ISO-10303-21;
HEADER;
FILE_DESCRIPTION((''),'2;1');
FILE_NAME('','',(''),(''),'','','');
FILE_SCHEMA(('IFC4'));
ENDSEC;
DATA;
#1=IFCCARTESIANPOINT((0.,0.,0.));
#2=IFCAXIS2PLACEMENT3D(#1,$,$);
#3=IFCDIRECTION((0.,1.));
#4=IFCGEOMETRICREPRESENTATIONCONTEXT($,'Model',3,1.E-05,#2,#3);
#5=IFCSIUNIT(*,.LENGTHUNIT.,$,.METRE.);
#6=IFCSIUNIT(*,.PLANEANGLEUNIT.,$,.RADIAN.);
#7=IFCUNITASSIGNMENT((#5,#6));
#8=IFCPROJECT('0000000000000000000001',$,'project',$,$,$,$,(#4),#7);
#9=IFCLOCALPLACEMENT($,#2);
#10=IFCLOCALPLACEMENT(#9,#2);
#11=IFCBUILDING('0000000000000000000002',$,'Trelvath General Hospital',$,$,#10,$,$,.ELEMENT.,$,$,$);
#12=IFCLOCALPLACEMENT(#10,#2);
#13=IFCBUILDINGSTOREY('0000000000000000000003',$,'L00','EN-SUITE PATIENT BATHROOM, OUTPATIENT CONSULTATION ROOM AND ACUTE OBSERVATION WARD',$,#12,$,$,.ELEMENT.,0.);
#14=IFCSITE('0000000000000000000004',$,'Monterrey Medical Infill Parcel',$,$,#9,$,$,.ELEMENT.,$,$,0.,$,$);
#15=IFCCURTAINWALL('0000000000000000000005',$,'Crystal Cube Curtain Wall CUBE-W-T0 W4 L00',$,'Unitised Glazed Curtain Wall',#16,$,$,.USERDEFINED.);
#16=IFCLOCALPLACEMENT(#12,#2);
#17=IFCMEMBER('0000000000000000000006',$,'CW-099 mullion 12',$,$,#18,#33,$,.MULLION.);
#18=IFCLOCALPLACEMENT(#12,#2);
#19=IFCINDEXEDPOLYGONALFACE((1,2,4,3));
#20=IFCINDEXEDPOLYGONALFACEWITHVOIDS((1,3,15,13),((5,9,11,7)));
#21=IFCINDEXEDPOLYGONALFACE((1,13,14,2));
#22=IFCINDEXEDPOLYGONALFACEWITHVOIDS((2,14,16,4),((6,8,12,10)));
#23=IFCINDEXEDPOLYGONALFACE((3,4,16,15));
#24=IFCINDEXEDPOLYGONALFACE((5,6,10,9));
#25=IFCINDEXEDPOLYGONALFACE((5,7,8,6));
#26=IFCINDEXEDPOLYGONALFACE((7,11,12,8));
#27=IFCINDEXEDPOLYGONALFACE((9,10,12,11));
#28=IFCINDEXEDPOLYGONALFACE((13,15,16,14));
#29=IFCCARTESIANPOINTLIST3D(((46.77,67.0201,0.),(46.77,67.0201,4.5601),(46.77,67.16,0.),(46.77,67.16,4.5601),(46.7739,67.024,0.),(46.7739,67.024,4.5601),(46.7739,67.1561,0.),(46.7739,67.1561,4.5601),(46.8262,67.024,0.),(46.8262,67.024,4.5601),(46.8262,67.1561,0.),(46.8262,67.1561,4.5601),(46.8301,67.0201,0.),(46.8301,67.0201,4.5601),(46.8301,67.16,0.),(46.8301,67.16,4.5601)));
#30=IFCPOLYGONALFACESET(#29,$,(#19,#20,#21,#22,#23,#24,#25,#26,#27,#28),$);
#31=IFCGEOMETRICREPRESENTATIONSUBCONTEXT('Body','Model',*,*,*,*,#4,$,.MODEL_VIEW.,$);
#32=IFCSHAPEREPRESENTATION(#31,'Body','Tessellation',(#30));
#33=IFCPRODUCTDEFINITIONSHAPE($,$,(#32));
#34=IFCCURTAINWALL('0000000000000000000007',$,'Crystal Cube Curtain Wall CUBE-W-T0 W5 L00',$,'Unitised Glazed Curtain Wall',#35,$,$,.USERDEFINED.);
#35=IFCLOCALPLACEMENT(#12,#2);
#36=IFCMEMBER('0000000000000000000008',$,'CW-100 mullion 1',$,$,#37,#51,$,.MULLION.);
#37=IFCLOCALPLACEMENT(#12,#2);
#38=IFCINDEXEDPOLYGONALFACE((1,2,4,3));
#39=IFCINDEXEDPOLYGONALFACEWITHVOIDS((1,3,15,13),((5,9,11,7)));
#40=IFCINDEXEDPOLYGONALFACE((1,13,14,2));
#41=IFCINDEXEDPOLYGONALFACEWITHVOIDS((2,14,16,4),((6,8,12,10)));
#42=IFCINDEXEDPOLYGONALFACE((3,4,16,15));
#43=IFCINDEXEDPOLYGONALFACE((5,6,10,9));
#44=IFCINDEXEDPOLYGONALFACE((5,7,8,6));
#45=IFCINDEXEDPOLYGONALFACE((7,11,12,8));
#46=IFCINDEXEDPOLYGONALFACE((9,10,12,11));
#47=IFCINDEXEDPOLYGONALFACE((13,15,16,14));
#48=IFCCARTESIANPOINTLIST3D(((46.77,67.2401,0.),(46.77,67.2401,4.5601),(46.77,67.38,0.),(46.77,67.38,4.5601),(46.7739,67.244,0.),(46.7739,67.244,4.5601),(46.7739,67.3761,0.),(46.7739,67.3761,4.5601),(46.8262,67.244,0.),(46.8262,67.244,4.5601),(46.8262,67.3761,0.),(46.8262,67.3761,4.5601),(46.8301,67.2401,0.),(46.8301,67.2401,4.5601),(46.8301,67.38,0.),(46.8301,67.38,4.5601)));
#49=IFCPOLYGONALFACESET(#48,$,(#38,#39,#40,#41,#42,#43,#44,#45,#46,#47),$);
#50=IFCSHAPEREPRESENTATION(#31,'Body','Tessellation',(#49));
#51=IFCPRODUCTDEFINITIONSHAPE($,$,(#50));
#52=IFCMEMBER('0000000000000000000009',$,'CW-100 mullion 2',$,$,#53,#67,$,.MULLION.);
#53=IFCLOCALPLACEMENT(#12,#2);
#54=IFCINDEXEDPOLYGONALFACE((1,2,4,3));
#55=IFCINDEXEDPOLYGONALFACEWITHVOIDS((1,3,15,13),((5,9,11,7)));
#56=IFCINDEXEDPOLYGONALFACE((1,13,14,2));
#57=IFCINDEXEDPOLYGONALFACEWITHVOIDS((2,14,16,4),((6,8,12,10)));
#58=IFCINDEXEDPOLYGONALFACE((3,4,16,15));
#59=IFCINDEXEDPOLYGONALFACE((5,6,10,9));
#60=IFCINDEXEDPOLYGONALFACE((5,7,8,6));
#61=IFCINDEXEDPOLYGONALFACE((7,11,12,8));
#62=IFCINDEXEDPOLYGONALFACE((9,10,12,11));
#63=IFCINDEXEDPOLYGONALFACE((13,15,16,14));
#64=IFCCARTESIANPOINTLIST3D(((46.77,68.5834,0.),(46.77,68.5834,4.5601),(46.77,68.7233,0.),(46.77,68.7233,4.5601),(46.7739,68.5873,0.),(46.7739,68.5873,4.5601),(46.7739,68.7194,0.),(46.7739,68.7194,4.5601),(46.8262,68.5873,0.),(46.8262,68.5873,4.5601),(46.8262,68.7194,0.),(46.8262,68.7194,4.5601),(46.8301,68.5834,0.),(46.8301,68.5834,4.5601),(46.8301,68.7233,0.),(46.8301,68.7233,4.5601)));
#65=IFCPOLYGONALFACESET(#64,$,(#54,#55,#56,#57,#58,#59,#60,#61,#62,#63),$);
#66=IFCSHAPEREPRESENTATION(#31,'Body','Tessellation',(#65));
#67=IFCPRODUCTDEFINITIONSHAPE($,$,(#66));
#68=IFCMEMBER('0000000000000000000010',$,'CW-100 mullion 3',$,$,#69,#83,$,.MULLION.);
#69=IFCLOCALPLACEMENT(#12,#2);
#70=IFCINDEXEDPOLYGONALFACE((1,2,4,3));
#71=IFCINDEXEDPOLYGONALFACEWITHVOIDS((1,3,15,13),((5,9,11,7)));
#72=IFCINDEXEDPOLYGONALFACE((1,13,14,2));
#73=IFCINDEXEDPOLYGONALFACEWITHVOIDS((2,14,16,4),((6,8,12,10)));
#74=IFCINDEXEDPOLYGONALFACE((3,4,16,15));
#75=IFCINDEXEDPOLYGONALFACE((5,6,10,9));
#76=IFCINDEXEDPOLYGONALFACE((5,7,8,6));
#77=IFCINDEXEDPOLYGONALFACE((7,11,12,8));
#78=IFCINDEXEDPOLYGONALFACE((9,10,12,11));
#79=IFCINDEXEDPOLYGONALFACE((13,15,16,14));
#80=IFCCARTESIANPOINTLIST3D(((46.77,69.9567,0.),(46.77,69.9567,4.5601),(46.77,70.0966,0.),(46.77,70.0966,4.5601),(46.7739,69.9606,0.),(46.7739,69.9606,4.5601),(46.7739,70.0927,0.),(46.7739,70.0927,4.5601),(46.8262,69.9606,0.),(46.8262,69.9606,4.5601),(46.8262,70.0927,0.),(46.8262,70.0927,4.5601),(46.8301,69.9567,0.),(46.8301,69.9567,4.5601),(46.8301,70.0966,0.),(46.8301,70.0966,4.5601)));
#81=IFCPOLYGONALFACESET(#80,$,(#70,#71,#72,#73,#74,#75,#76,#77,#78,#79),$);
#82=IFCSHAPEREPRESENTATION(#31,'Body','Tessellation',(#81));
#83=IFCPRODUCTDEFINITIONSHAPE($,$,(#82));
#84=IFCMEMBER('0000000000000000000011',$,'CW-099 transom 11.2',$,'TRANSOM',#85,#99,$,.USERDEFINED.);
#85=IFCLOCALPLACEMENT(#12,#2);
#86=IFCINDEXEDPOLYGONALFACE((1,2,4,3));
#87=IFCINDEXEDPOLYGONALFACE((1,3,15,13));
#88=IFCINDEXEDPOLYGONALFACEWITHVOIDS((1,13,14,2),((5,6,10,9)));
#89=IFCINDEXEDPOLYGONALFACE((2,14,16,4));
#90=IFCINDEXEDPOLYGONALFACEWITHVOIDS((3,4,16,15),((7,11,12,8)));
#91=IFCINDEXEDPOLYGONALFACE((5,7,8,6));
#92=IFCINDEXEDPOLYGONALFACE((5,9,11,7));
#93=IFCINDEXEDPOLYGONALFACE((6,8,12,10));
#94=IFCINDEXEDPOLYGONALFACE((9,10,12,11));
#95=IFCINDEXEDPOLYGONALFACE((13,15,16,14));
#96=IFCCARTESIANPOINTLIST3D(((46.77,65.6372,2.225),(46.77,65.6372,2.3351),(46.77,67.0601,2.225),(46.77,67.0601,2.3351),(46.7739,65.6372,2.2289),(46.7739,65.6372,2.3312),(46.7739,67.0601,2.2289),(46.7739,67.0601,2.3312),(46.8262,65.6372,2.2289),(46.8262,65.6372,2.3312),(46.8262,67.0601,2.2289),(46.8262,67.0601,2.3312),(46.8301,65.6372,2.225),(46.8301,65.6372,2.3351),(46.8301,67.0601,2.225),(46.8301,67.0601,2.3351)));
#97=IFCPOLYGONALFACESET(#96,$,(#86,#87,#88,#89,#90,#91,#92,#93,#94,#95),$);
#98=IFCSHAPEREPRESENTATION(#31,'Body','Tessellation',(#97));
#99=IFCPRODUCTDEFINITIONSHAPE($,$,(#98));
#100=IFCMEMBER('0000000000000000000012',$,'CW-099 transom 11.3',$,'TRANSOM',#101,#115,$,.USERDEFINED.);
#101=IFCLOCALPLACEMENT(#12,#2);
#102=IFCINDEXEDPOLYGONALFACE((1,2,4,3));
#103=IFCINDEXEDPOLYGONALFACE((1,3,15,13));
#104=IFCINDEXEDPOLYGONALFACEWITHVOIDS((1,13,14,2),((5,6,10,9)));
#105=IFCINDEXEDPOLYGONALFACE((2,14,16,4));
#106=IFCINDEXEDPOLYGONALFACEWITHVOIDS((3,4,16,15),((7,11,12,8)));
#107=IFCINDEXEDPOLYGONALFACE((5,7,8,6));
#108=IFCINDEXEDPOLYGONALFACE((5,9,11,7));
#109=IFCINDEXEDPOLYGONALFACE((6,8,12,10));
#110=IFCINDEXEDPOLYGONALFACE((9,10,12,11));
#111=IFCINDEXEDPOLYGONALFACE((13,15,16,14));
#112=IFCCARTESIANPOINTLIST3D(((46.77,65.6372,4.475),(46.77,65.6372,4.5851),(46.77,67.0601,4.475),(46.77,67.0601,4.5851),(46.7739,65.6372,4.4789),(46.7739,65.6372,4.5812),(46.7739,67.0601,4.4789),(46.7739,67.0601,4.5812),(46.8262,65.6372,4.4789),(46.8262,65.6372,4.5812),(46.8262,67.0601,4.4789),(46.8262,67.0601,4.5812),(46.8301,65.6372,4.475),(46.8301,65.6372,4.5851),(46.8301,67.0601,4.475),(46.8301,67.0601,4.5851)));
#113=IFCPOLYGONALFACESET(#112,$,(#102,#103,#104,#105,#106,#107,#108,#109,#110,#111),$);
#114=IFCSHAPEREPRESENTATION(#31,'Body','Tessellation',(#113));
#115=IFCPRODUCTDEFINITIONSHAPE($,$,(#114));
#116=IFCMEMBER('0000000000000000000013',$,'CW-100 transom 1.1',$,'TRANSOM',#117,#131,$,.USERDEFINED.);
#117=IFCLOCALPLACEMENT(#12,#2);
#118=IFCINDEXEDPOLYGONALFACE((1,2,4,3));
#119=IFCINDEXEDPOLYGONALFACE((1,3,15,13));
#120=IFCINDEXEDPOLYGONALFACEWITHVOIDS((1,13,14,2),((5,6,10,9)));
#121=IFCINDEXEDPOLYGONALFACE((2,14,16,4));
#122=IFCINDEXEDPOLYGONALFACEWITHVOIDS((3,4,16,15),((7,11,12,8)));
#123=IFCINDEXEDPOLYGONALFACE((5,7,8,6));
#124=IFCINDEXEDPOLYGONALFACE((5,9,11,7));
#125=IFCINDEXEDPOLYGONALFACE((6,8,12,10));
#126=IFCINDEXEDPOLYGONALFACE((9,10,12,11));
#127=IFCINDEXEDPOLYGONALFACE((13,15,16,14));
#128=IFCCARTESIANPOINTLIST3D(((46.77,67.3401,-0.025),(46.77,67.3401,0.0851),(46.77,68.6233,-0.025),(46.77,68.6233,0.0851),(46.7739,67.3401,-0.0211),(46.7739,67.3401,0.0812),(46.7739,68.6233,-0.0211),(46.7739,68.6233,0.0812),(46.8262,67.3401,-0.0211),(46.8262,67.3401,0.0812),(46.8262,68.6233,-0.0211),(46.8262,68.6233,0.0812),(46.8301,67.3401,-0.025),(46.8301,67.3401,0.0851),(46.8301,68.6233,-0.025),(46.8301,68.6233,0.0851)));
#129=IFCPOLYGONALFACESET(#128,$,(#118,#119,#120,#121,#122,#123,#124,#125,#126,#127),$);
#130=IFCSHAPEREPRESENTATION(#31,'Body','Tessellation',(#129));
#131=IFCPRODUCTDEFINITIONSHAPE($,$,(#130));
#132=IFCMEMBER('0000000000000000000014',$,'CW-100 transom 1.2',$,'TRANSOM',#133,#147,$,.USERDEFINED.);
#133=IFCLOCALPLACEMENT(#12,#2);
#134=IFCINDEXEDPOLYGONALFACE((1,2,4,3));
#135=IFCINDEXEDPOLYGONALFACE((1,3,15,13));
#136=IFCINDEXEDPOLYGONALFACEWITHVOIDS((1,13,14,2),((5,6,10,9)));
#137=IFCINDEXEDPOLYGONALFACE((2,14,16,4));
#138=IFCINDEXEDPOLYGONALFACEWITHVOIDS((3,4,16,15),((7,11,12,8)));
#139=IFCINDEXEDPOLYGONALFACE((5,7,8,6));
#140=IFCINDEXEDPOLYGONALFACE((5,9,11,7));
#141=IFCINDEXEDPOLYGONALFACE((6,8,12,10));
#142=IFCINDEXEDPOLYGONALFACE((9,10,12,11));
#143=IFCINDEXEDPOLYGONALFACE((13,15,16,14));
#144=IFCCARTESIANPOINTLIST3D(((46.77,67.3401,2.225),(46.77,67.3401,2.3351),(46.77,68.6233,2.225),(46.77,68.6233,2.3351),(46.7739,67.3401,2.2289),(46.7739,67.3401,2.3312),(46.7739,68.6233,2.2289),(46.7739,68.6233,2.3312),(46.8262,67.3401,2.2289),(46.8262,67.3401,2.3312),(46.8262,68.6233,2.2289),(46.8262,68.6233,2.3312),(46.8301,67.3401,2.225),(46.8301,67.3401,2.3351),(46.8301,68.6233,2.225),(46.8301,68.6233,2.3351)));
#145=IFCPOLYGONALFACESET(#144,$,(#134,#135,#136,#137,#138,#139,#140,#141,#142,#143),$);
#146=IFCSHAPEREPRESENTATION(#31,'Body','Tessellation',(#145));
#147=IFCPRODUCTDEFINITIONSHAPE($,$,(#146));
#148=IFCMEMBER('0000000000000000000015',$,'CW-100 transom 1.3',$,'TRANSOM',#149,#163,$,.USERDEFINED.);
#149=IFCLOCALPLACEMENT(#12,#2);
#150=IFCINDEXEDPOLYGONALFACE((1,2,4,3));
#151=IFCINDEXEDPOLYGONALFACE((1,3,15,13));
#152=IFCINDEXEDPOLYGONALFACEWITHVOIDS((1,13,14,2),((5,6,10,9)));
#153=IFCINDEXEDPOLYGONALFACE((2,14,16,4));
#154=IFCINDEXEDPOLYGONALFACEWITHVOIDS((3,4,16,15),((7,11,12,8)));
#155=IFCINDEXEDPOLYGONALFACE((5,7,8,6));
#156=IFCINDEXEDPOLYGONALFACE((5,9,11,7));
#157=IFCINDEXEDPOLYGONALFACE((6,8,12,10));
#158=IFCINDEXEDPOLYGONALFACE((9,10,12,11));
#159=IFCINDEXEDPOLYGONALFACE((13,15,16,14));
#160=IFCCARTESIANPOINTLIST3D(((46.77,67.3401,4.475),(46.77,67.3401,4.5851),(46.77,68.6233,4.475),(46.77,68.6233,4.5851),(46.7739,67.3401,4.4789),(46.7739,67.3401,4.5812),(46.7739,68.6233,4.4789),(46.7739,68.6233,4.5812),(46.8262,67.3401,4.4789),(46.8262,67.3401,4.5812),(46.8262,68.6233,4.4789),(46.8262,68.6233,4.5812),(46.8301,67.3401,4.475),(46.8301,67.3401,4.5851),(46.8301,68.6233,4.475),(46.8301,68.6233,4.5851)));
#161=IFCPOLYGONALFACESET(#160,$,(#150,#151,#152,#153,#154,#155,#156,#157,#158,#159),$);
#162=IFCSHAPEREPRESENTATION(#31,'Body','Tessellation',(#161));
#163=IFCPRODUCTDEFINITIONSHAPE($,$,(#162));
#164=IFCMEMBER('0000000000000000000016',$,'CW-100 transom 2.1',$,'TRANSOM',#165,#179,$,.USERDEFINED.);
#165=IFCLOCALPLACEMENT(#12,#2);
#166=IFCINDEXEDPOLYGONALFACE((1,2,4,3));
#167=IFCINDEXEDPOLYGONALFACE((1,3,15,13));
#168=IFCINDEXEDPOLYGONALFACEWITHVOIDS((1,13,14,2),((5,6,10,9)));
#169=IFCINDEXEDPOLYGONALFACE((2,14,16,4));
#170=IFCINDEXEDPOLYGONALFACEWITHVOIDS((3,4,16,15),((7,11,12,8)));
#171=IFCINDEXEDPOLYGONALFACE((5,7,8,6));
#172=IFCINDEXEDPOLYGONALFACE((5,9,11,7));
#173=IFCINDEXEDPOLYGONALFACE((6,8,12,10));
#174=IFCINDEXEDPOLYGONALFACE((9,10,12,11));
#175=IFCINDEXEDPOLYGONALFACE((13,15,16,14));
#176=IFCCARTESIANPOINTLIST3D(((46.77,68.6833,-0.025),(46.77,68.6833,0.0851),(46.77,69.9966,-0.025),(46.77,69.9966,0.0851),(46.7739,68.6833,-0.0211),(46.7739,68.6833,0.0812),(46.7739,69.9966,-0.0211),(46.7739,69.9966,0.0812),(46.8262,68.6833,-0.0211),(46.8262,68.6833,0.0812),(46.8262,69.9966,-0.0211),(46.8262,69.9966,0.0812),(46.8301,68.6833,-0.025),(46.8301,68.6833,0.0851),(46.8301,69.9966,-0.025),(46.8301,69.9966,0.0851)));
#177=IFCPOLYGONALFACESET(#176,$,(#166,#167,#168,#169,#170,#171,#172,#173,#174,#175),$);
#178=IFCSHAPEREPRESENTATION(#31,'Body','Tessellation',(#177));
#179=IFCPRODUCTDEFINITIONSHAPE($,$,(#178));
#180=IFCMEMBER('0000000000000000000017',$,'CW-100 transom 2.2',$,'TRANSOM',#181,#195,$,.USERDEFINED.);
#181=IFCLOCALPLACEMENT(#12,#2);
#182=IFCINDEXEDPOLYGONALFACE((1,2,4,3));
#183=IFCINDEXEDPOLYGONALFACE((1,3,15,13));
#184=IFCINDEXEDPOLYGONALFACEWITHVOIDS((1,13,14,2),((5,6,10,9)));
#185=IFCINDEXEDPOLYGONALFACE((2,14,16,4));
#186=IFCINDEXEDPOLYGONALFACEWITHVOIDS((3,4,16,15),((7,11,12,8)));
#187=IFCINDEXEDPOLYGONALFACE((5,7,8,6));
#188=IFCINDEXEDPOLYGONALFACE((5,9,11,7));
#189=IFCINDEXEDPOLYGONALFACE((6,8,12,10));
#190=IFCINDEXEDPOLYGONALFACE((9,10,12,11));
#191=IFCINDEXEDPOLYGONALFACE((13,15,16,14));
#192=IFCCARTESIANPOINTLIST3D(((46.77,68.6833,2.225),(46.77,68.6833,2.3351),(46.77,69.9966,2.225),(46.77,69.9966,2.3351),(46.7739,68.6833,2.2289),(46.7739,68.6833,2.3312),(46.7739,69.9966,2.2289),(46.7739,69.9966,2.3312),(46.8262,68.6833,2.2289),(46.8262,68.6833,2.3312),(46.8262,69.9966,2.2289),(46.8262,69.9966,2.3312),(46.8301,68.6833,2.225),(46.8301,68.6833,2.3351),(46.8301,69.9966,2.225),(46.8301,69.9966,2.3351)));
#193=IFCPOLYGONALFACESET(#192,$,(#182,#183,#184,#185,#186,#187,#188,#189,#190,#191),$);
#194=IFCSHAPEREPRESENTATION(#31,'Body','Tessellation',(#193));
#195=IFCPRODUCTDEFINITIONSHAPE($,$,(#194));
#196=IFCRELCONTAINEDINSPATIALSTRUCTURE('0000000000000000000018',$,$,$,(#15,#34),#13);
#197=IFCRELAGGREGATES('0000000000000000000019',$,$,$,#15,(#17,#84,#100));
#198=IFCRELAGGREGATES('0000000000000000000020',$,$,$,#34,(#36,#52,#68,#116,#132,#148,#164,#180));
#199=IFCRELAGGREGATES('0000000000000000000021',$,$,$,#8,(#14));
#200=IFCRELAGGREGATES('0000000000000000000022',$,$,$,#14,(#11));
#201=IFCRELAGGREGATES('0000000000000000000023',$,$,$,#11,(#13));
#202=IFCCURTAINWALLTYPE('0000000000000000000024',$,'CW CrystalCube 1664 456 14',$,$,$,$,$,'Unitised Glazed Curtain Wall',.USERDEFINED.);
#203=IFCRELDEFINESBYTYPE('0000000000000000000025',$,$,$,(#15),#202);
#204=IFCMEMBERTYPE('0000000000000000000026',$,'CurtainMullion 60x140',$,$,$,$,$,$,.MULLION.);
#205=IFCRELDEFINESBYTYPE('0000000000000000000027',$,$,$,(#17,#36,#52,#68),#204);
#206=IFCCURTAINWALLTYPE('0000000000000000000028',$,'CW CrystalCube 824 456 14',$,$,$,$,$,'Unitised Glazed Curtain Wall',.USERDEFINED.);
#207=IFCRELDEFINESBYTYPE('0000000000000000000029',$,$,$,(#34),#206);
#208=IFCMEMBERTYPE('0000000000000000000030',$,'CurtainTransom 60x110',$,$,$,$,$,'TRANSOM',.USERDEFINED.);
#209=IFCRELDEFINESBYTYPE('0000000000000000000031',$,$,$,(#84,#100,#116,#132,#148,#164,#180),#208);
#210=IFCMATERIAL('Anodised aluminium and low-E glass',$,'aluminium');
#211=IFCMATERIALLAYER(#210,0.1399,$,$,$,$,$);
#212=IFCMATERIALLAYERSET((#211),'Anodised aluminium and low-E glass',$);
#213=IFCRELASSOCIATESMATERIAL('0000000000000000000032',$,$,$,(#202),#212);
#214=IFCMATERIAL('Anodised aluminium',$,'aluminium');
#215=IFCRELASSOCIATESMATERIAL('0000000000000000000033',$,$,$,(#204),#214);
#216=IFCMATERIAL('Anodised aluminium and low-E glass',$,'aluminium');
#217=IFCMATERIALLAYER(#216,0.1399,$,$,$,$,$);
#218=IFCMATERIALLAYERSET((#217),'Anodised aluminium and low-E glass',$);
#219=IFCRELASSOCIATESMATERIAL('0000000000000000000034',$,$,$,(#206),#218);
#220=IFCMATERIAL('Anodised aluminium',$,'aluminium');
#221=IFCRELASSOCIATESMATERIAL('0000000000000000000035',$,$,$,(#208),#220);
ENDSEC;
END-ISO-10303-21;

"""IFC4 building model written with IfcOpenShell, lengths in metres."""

from ifc_helpers import new_model, si_unit, direction, frame, origin, origin_2d, place, context, subcontext, project, spatial, hollow_rectangle, extrude, material, layer, layer_set, material_profile, profile_set, type_object, element, aggregate, save


model = new_model("IFC4")

# Units and contexts
model_context = context("Model", 3, precision=1e-05, world=origin(), true_north=direction((0.0, 1.0)))
body_context = subcontext(model_context, "Body", "Model", "MODEL_VIEW")
ifc_project = project(units=[si_unit("LENGTHUNIT", "METRE"), si_unit("PLANEANGLEUNIT", "RADIAN")], contexts=[model_context])

# Site, building, storey
site_placement = place(None, origin())
site = spatial("IfcSite", under=ifc_project, at=site_placement, Name="Monterrey Medical Infill Parcel", CompositionType="ELEMENT", RefElevation=0.0)
building_placement = place(site_placement, origin())
building = spatial("IfcBuilding", under=site, at=building_placement, Name="Trelvath General Hospital", CompositionType="ELEMENT")
storey_placement = place(building_placement, origin())
storey = spatial("IfcBuildingStorey", under=building, at=storey_placement, Name="L00", Description="EN-SUITE PATIENT BATHROOM, OUTPATIENT CONSULTATION ROOM AND ACUTE OBSERVATION WARD", CompositionType="ELEMENT", Elevation=0.0)

# Curtain wall, member
ifc_material_1 = material(Name="Anodised aluminium and low-E glass", Category="aluminium")
ifc_layer_1 = layer(ifc_material_1, 0.1399)
ifc_layer_set_1 = layer_set([ifc_layer_1], Name="Anodised aluminium and low-E glass")
curtain_wall_type_1 = type_object("IfcCurtainWallType", Name="CW CrystalCube 1664 456 14", ElementType="Unitised Glazed Curtain Wall", PredefinedType="USERDEFINED", material=ifc_layer_set_1)
curtain_wall_1_placement = place(storey_placement, origin())
curtain_wall_1 = element("IfcCurtainWall", 1, at=curtain_wall_1_placement, inside=storey, type_object=curtain_wall_type_1, Name="Crystal Cube Curtain Wall CUBE-W-T0 W4 L00", ObjectType="Unitised Glazed Curtain Wall", PredefinedType="USERDEFINED")
ifc_material_2 = material(Name="Anodised aluminium", Category="aluminium")
ifc_material_profile_1 = material_profile(ifc_material_2, hollow_rectangle(XDim=0.0601, YDim=0.1399, WallThickness=0.0039, at=origin_2d()), Name="RHS60x140x4")
ifc_profile_set_1 = profile_set([ifc_material_profile_1], Name="Anodised aluminium")
member_type_1 = type_object("IfcMemberType", Name="CurtainMullion 60x140", PredefinedType="MULLION", material=ifc_profile_set_1)
member_1_placement = place(storey_placement, frame((46.8, 67.0901, 0.0), z_axis=(0.0, 0.0, 1.0), x_axis=(-1.0, 0.0, 0.0)))
member_1 = element("IfcMember", 2, at=member_1_placement, type_object=member_type_1, Name="CW-099 mullion 12", PredefinedType="MULLION", context=body_context, shape_type="SweptSolid", body=[
    extrude(hollow_rectangle(XDim=0.0601, YDim=0.1399, WallThickness=0.0039, at=origin_2d()), origin(), (0.0, 0.0, 1.0), 4.5601),
])

# Curtain wall, members
ifc_material_3 = material(Name="Anodised aluminium and low-E glass", Category="aluminium")
ifc_layer_2 = layer(ifc_material_3, 0.1399)
ifc_layer_set_2 = layer_set([ifc_layer_2], Name="Anodised aluminium and low-E glass")
curtain_wall_type_2 = type_object("IfcCurtainWallType", Name="CW CrystalCube 824 456 14", ElementType="Unitised Glazed Curtain Wall", PredefinedType="USERDEFINED", material=ifc_layer_set_2)
curtain_wall_2_placement = place(storey_placement, origin())
curtain_wall_2 = element("IfcCurtainWall", 3, at=curtain_wall_2_placement, inside=storey, type_object=curtain_wall_type_2, Name="Crystal Cube Curtain Wall CUBE-W-T0 W5 L00", ObjectType="Unitised Glazed Curtain Wall", PredefinedType="USERDEFINED")
member_2_placement = place(storey_placement, frame((46.8, 67.3101, 0.0), z_axis=(0.0, 0.0, 1.0), x_axis=(-1.0, 0.0, 0.0)))
member_2 = element("IfcMember", 4, at=member_2_placement, type_object=member_type_1, Name="CW-100 mullion 1", PredefinedType="MULLION", context=body_context, shape_type="SweptSolid", body=[
    extrude(hollow_rectangle(XDim=0.0601, YDim=0.1399, WallThickness=0.0039, at=origin_2d()), origin(), (0.0, 0.0, 1.0), 4.5601),
])
member_3_placement = place(storey_placement, frame((46.8, 68.6533, 0.0), z_axis=(0.0, 0.0, 1.0), x_axis=(-1.0, 0.0, 0.0)))
member_3 = element("IfcMember", 5, at=member_3_placement, type_object=member_type_1, Name="CW-100 mullion 2", PredefinedType="MULLION", context=body_context, shape_type="SweptSolid", body=[
    extrude(hollow_rectangle(XDim=0.0601, YDim=0.1399, WallThickness=0.0039, at=origin_2d()), origin(), (0.0, 0.0, 1.0), 4.5601),
])
member_4_placement = place(storey_placement, frame((46.8, 70.0266, 0.0), z_axis=(0.0, 0.0, 1.0), x_axis=(-1.0, 0.0, 0.0)))
member_4 = element("IfcMember", 6, at=member_4_placement, type_object=member_type_1, Name="CW-100 mullion 3", PredefinedType="MULLION", context=body_context, shape_type="SweptSolid", body=[
    extrude(hollow_rectangle(XDim=0.0601, YDim=0.1399, WallThickness=0.0039, at=origin_2d()), origin(), (0.0, 0.0, 1.0), 4.5601),
])

# Members
ifc_material_4 = material(Name="Anodised aluminium", Category="aluminium")
ifc_material_profile_2 = material_profile(ifc_material_4, hollow_rectangle(XDim=0.0601, YDim=0.1101, WallThickness=0.0039, at=origin_2d()), Name="RHS60x110x4")
ifc_profile_set_2 = profile_set([ifc_material_profile_2], Name="Anodised aluminium")
member_type_2 = type_object("IfcMemberType", Name="CurtainTransom 60x110", ElementType="TRANSOM", PredefinedType="USERDEFINED", material=ifc_profile_set_2)
member_5_placement = place(storey_placement, frame((46.8, 65.6372, 2.28), z_axis=(0.0, 1.0, 0.0), x_axis=(-1.0, 0.0, 0.0)))
member_5 = element("IfcMember", 7, at=member_5_placement, type_object=member_type_2, Name="CW-099 transom 11.2", ObjectType="TRANSOM", PredefinedType="USERDEFINED", context=body_context, shape_type="SweptSolid", body=[
    extrude(hollow_rectangle(XDim=0.0601, YDim=0.1101, WallThickness=0.0039, at=origin_2d()), origin(), (0.0, 0.0, 1.0), 1.4229),
])
member_6_placement = place(storey_placement, frame((46.8, 65.6372, 4.53), z_axis=(0.0, 1.0, 0.0), x_axis=(-1.0, 0.0, 0.0)))
member_6 = element("IfcMember", 8, at=member_6_placement, type_object=member_type_2, Name="CW-099 transom 11.3", ObjectType="TRANSOM", PredefinedType="USERDEFINED", context=body_context, shape_type="SweptSolid", body=[
    extrude(hollow_rectangle(XDim=0.0601, YDim=0.1101, WallThickness=0.0039, at=origin_2d()), origin(), (0.0, 0.0, 1.0), 1.4229),
])
member_7_placement = place(storey_placement, frame((46.8, 67.3401, 0.03), z_axis=(0.0, 1.0, 0.0), x_axis=(-1.0, 0.0, 0.0)))
member_7 = element("IfcMember", 9, at=member_7_placement, type_object=member_type_2, Name="CW-100 transom 1.1", ObjectType="TRANSOM", PredefinedType="USERDEFINED", context=body_context, shape_type="SweptSolid", body=[
    extrude(hollow_rectangle(XDim=0.0601, YDim=0.1101, WallThickness=0.0039, at=origin_2d()), origin(), (0.0, 0.0, 1.0), 1.2832),
])
member_8_placement = place(storey_placement, frame((46.8, 67.3401, 2.28), z_axis=(0.0, 1.0, 0.0), x_axis=(-1.0, 0.0, 0.0)))
member_8 = element("IfcMember", 10, at=member_8_placement, type_object=member_type_2, Name="CW-100 transom 1.2", ObjectType="TRANSOM", PredefinedType="USERDEFINED", context=body_context, shape_type="SweptSolid", body=[
    extrude(hollow_rectangle(XDim=0.0601, YDim=0.1101, WallThickness=0.0039, at=origin_2d()), origin(), (0.0, 0.0, 1.0), 1.2832),
])
member_9_placement = place(storey_placement, frame((46.8, 67.3401, 4.53), z_axis=(0.0, 1.0, 0.0), x_axis=(-1.0, 0.0, 0.0)))
member_9 = element("IfcMember", 11, at=member_9_placement, type_object=member_type_2, Name="CW-100 transom 1.3", ObjectType="TRANSOM", PredefinedType="USERDEFINED", context=body_context, shape_type="SweptSolid", body=[
    extrude(hollow_rectangle(XDim=0.0601, YDim=0.1101, WallThickness=0.0039, at=origin_2d()), origin(), (0.0, 0.0, 1.0), 1.2832),
])
member_10_placement = place(storey_placement, frame((46.8, 68.6833, 0.03), z_axis=(0.0, 1.0, 0.0), x_axis=(-1.0, 0.0, 0.0)))
member_10 = element("IfcMember", 12, at=member_10_placement, type_object=member_type_2, Name="CW-100 transom 2.1", ObjectType="TRANSOM", PredefinedType="USERDEFINED", context=body_context, shape_type="SweptSolid", body=[
    extrude(hollow_rectangle(XDim=0.0601, YDim=0.1101, WallThickness=0.0039, at=origin_2d()), origin(), (0.0, 0.0, 1.0), 1.3132),
])
member_11_placement = place(storey_placement, frame((46.8, 68.6833, 2.28), z_axis=(0.0, 1.0, 0.0), x_axis=(-1.0, 0.0, 0.0)))
member_11 = element("IfcMember", 13, at=member_11_placement, type_object=member_type_2, Name="CW-100 transom 2.2", ObjectType="TRANSOM", PredefinedType="USERDEFINED", context=body_context, shape_type="SweptSolid", body=[
    extrude(hollow_rectangle(XDim=0.0601, YDim=0.1101, WallThickness=0.0039, at=origin_2d()), origin(), (0.0, 0.0, 1.0), 1.3132),
])

aggregate(curtain_wall_1, [member_1, member_5, member_6])
aggregate(curtain_wall_2, [member_2, member_3, member_4, member_7, member_8, member_9, member_10, member_11])

save(model, "model.ifc")
